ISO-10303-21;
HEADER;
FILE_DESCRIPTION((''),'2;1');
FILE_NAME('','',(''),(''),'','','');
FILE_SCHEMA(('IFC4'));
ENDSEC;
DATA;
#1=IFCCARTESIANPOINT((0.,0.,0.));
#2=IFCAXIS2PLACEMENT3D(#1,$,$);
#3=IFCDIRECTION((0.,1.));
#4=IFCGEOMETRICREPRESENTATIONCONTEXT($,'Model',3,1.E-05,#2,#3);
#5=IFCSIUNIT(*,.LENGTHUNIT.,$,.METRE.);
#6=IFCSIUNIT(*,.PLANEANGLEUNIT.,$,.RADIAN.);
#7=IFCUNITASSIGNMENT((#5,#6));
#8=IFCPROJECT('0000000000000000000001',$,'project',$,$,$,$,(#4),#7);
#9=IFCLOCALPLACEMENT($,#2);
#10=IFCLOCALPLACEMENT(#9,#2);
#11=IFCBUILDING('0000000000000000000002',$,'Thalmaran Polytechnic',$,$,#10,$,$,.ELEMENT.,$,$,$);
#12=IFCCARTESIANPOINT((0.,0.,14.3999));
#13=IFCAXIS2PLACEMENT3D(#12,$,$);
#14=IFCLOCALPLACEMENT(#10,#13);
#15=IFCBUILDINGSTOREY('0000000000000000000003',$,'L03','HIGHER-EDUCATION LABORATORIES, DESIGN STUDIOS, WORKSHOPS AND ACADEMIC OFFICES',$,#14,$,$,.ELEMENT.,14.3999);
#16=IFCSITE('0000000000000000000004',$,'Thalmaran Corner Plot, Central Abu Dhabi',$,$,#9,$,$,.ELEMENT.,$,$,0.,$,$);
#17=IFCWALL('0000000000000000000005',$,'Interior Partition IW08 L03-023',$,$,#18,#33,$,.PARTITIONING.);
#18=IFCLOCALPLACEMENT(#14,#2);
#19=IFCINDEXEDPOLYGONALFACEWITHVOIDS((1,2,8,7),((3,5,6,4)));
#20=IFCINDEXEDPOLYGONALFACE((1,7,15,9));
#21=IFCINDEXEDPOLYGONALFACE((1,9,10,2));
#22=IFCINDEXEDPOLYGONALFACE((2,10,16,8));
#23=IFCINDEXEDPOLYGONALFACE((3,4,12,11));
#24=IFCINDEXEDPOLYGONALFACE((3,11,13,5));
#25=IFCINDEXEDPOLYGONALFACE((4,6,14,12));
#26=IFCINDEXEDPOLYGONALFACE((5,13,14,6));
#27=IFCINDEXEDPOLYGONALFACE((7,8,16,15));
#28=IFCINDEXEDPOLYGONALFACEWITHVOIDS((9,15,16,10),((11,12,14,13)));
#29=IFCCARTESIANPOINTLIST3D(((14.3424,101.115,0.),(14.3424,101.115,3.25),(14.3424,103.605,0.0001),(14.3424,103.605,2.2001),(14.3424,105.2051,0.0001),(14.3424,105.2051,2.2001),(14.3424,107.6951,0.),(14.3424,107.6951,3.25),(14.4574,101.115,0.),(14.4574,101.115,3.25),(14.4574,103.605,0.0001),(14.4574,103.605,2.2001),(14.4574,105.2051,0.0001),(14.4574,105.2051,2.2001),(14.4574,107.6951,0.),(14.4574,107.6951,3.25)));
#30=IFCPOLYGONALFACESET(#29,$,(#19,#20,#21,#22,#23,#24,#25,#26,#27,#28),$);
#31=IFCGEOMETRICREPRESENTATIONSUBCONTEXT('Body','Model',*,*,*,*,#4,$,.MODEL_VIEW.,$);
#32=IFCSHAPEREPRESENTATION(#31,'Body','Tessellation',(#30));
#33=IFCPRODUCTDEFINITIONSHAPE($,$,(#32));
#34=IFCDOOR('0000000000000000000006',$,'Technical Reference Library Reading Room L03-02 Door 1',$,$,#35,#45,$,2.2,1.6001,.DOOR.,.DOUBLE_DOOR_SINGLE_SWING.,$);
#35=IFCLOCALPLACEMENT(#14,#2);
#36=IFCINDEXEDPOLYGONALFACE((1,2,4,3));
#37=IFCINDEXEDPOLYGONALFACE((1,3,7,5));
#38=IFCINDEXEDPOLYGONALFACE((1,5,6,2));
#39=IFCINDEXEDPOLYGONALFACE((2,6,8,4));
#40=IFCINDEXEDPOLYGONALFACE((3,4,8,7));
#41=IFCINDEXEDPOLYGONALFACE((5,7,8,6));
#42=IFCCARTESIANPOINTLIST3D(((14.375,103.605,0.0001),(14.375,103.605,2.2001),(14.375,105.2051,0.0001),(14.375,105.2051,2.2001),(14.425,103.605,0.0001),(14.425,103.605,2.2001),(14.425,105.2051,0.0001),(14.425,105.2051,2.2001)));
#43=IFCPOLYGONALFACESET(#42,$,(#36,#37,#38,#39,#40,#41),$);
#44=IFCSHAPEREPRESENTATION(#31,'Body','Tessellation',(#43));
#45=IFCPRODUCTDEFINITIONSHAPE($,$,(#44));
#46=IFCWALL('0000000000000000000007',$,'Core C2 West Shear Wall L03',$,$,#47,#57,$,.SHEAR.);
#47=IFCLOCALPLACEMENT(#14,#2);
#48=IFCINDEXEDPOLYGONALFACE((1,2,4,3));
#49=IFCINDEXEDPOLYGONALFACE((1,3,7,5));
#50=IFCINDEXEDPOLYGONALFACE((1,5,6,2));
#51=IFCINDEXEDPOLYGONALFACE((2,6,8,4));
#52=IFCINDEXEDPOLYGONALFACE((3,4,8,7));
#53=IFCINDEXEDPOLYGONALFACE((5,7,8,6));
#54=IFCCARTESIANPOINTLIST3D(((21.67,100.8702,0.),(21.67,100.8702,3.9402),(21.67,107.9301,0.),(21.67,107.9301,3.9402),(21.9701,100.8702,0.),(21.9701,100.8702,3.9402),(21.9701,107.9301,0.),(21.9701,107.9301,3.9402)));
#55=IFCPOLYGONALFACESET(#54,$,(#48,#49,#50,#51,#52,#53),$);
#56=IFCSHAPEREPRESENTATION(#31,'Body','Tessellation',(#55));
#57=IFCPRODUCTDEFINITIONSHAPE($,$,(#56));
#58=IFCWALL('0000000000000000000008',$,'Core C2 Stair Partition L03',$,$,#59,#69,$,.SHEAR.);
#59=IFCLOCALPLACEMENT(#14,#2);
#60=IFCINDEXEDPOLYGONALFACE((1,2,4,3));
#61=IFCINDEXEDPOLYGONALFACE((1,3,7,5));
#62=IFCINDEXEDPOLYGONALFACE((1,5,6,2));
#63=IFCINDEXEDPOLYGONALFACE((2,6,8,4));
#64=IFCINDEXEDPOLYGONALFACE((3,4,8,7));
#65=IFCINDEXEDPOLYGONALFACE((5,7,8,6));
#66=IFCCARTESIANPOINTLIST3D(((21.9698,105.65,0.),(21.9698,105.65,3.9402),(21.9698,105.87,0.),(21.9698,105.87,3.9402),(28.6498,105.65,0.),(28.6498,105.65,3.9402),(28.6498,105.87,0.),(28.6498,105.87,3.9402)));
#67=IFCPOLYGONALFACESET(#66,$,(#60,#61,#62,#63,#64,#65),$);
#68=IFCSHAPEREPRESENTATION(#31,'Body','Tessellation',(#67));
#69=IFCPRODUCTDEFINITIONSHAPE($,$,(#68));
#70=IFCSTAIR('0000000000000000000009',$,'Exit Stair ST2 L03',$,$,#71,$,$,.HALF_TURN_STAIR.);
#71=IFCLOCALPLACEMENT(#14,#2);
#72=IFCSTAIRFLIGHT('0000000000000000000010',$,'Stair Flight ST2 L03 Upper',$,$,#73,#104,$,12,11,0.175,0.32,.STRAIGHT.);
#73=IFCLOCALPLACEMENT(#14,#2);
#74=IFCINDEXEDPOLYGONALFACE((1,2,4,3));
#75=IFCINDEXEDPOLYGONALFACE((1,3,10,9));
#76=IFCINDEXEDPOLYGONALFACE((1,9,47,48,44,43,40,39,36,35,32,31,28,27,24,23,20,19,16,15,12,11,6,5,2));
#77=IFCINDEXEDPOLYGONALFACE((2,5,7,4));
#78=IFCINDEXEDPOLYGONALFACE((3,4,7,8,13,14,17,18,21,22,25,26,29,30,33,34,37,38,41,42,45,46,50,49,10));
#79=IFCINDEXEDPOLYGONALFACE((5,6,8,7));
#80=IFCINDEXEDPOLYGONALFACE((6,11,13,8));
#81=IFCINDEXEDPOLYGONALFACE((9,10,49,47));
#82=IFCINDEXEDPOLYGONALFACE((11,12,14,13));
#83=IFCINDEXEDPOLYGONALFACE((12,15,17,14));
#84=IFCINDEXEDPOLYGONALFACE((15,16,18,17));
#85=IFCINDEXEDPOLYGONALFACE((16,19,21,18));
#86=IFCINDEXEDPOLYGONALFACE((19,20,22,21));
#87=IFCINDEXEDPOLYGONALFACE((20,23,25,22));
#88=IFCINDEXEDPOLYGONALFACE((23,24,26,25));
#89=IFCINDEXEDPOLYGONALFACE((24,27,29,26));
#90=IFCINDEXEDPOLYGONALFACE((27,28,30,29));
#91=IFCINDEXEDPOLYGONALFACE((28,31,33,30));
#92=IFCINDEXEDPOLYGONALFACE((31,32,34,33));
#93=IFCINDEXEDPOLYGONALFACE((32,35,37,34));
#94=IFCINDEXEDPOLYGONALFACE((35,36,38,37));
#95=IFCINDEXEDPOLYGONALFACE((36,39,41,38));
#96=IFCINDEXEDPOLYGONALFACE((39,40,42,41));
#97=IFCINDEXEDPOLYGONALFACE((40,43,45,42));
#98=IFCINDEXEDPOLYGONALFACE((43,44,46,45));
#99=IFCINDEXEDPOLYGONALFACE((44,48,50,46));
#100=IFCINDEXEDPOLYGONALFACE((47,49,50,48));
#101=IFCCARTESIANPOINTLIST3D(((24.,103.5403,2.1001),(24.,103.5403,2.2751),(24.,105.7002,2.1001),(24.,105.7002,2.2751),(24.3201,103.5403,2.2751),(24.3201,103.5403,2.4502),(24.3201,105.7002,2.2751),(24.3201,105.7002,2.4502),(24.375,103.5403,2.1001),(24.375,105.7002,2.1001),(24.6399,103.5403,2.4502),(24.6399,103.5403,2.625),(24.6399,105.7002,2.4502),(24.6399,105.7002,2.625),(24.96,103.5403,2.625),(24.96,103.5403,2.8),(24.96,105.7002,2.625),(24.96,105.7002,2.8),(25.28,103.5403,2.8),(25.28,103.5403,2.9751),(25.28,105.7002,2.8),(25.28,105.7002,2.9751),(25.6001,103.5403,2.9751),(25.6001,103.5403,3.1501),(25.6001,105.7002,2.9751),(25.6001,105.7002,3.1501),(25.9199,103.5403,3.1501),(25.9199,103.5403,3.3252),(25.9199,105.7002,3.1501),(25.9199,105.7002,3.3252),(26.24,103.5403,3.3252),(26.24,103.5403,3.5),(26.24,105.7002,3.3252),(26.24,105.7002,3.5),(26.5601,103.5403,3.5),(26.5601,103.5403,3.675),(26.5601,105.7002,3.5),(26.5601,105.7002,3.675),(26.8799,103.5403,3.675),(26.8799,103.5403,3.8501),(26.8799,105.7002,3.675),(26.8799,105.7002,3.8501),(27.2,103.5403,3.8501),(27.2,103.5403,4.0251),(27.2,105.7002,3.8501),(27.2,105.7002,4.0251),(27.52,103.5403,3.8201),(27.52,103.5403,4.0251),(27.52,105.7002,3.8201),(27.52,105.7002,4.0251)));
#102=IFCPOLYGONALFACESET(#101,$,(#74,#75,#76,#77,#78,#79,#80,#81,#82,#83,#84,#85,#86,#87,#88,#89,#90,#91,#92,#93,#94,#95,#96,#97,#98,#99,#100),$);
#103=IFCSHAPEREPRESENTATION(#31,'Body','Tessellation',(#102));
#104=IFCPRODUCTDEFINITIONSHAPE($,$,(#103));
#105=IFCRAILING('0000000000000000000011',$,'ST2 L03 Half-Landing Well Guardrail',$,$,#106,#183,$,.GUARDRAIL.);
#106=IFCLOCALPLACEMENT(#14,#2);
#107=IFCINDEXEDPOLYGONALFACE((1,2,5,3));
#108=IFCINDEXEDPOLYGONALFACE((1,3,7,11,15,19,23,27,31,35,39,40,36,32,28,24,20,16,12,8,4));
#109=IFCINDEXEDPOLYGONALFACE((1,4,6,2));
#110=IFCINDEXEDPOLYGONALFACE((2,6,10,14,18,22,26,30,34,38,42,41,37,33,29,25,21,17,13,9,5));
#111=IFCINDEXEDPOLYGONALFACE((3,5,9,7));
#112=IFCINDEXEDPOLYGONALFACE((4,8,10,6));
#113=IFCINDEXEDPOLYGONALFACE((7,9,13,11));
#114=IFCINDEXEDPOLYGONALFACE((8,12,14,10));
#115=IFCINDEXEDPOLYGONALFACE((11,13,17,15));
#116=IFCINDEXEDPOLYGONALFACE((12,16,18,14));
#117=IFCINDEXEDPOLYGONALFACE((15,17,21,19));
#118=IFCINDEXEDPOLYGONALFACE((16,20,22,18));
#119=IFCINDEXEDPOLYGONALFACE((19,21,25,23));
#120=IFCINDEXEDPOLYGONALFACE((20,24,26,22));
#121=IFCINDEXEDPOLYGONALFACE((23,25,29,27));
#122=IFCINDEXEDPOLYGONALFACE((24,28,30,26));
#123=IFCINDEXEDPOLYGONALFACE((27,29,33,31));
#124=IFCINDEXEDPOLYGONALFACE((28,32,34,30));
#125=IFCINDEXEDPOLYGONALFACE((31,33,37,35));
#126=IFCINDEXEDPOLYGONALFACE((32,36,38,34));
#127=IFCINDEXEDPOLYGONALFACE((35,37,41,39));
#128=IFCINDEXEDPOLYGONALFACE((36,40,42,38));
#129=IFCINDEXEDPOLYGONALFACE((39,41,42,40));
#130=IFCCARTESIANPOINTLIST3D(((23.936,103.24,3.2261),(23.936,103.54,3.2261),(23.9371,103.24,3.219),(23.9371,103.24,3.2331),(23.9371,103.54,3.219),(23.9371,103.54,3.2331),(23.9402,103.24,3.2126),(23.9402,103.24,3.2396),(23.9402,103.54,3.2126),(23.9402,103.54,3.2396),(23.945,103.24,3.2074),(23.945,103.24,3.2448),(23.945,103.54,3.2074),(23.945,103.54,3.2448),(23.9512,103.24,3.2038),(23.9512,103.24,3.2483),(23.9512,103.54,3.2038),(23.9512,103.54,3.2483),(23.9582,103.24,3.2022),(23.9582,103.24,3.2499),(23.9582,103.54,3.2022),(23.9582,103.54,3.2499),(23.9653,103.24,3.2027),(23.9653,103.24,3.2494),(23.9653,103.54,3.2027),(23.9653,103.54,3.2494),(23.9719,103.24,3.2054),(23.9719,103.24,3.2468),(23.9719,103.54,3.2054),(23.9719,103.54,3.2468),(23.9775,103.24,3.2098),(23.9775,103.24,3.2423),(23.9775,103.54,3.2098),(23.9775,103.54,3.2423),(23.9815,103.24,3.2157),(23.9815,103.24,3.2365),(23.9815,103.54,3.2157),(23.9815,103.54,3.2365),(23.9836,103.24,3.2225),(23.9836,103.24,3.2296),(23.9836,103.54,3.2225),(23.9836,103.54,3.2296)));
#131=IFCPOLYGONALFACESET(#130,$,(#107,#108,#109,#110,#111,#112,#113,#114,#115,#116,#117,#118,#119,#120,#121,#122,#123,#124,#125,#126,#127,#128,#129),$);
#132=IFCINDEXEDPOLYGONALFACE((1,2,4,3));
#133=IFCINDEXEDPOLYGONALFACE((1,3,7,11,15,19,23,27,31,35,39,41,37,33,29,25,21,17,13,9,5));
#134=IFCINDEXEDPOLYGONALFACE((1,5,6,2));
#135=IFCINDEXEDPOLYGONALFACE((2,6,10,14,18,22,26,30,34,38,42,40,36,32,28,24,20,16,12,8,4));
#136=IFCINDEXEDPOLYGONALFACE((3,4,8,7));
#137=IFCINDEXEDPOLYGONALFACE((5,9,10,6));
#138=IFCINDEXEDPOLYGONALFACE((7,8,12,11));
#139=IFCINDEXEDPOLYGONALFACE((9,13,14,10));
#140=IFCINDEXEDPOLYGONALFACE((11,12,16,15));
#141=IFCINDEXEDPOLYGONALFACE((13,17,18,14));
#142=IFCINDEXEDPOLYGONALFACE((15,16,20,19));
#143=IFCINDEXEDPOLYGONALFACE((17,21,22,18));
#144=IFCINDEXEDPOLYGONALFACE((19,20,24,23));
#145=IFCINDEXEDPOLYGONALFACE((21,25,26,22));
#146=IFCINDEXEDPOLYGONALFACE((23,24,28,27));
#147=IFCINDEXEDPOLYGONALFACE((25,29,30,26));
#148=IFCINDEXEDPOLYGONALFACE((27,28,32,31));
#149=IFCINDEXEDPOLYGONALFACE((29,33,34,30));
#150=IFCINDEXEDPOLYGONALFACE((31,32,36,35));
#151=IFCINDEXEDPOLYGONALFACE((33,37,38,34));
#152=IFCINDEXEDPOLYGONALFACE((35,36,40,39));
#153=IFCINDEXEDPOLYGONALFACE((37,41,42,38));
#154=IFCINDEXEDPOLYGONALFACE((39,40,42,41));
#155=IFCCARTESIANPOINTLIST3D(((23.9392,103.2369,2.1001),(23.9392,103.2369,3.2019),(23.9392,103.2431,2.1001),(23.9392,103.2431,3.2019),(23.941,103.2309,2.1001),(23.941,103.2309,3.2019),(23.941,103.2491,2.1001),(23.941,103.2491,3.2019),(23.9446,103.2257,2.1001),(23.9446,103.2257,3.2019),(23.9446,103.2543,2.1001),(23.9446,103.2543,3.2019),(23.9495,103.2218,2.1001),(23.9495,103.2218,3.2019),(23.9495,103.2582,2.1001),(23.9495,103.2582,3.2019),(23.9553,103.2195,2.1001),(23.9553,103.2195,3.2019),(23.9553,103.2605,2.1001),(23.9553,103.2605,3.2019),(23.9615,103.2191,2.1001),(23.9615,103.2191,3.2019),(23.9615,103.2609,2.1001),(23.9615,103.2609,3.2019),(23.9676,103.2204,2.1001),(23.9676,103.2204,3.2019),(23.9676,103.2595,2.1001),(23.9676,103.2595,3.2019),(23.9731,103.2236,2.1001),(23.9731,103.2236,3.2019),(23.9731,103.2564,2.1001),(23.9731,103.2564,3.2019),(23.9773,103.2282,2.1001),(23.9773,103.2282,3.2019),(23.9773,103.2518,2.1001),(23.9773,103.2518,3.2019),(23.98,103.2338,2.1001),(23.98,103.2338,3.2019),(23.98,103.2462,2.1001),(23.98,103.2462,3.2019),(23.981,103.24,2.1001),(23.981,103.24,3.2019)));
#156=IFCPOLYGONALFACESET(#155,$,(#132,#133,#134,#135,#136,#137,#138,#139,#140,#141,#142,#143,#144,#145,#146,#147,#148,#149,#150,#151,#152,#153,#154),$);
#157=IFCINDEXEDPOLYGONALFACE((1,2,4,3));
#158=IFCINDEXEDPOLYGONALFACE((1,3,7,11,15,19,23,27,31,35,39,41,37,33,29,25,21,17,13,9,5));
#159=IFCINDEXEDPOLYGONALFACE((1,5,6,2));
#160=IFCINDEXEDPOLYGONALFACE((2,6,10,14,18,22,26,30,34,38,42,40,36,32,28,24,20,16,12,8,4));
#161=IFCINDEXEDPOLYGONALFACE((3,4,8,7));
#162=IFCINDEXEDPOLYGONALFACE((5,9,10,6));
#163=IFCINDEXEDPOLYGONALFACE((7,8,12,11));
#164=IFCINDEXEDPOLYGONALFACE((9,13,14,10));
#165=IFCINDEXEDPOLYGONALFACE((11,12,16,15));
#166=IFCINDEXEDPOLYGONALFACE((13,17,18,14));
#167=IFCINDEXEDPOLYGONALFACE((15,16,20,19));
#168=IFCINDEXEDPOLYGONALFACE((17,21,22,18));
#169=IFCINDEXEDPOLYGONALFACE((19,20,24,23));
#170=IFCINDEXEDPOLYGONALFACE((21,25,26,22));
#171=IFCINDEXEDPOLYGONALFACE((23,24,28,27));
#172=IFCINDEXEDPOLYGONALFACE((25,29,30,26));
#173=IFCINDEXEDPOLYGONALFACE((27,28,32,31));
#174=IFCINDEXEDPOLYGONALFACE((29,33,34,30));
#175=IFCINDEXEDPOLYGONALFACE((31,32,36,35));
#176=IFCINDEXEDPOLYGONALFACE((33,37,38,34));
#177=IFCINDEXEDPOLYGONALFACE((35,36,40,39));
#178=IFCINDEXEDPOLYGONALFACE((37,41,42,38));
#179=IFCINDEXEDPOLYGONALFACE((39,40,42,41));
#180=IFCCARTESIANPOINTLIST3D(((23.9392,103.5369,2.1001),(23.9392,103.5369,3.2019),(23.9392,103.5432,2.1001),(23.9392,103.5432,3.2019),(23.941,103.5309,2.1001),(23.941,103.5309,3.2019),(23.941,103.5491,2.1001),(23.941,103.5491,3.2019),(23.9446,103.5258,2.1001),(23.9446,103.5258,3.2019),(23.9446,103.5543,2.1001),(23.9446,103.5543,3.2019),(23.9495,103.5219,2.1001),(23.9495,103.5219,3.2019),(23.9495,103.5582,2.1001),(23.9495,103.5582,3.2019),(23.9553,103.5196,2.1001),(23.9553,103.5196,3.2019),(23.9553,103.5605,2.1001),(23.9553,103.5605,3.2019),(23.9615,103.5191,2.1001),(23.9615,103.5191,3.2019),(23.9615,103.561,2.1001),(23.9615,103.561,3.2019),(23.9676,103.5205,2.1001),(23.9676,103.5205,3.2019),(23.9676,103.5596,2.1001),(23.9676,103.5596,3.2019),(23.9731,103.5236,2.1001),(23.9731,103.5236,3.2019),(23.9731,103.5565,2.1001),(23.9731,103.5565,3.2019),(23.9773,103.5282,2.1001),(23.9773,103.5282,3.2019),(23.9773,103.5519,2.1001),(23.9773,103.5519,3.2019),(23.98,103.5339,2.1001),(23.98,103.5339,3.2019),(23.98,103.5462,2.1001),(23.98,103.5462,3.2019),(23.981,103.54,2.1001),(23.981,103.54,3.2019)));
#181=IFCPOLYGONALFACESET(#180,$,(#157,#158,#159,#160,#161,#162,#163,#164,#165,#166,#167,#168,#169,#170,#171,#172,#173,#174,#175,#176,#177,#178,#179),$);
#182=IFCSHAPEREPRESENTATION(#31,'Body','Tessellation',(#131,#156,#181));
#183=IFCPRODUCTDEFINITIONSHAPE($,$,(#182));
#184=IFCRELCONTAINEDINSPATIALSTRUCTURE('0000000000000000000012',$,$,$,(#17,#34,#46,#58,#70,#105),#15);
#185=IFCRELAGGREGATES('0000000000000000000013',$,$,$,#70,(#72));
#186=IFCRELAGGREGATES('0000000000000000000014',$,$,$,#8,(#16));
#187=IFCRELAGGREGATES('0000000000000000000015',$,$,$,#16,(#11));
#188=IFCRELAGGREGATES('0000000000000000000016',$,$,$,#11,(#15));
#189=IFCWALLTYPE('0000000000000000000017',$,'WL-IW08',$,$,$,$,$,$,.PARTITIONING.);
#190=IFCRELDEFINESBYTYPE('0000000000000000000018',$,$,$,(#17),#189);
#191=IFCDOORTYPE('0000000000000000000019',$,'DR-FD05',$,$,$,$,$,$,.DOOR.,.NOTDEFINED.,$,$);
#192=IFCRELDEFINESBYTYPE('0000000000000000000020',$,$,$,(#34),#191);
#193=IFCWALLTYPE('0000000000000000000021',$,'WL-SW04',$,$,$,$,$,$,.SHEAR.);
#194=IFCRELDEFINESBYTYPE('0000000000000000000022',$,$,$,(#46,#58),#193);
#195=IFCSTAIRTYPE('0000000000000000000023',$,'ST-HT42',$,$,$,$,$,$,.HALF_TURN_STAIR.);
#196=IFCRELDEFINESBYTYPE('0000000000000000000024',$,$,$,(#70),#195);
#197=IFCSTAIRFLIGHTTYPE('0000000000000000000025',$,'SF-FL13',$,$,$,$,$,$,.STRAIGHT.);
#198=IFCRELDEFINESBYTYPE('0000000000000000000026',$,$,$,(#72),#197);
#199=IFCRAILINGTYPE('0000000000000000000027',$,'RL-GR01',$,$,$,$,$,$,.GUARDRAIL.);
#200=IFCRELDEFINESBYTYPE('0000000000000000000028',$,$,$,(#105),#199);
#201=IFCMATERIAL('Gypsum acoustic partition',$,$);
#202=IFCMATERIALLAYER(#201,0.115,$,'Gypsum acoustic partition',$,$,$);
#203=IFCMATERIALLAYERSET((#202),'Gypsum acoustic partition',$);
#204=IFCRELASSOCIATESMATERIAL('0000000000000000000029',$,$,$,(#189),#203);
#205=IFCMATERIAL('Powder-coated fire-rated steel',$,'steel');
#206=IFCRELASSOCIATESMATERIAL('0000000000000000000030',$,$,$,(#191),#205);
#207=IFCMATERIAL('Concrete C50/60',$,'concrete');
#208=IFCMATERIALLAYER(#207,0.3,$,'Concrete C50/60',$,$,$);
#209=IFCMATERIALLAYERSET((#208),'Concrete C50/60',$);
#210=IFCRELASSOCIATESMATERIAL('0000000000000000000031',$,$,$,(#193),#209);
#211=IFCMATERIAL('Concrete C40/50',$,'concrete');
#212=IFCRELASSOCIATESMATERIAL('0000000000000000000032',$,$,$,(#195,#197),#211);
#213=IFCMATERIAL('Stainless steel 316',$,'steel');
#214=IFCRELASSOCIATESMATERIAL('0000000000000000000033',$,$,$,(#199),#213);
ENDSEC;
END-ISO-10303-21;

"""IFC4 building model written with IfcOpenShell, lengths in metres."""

from ifc_helpers import new_model, si_unit, direction, frame, frame_2d, origin, origin_2d, place, context, subcontext, project, spatial, polyline, rectangle, circle, outline, extrude, material, layer, layer_set, type_object, element, fill, aggregate, save


model = new_model("IFC4")

# Units and contexts
model_context = context("Model", 3, precision=1e-05, world=origin(), true_north=direction((0.0, 1.0)))
body_context = subcontext(model_context, "Body", "Model", "MODEL_VIEW")
ifc_project = project(units=[si_unit("LENGTHUNIT", "METRE"), si_unit("PLANEANGLEUNIT", "RADIAN")], contexts=[model_context])

# Site, building, storey
site_placement = place(None, origin())
site = spatial("IfcSite", under=ifc_project, at=site_placement, Name="Thalmaran Corner Plot, Central Abu Dhabi", CompositionType="ELEMENT", RefElevation=0.0)
building_placement = place(site_placement, origin())
building = spatial("IfcBuilding", under=site, at=building_placement, Name="Thalmaran Polytechnic", CompositionType="ELEMENT")
storey_placement = place(building_placement, frame((0.0, 0.0, 14.3999)))
storey = spatial("IfcBuildingStorey", under=building, at=storey_placement, Name="L03", Description="HIGHER-EDUCATION LABORATORIES, DESIGN STUDIOS, WORKSHOPS AND ACADEMIC OFFICES", CompositionType="ELEMENT", Elevation=14.3999)

# Shared definitions
ifc_material_1 = material(Name="Concrete C40/50", Category="concrete")

# Wall, opening, door
ifc_material_2 = material(Name="Gypsum acoustic partition")
ifc_layer_1 = layer(ifc_material_2, 0.115, Name="Gypsum acoustic partition")
ifc_layer_set_1 = layer_set([ifc_layer_1], Name="Gypsum acoustic partition")
wall_type_1 = type_object("IfcWallType", Name="WL-IW08", PredefinedType="PARTITIONING", material=ifc_layer_set_1)
wall_1_placement = place(storey_placement, frame((14.3999, 101.115, 0.0), z_axis=(0.0, 0.0, 1.0), x_axis=(0.0, 1.0, 0.0)))
wall_1 = element("IfcWall", 1, at=wall_1_placement, inside=storey, type_object=wall_type_1, Name="Interior Partition IW08 L03-023", PredefinedType="PARTITIONING", context=body_context, shape_type="SweptSolid", body=[
    extrude(rectangle(XDim=6.5801, YDim=0.115, at=frame_2d((3.29, 0.0))), origin(), (0.0, 0.0, 1.0), 3.25),
])
opening_1_placement = place(wall_1_placement, frame((2.49, 0.0, 0.0)))
opening_1 = element("IfcOpeningElement", 2, at=opening_1_placement, cuts=wall_1, PredefinedType="OPENING", context=body_context, shape_type="SweptSolid", body=[
    extrude(rectangle(XDim=1.6001, YDim=2.2, at=frame_2d((0.8, 1.1001))), frame((0.0, 0.0674, 0.0), z_axis=(0.0, -1.0, 0.0), x_axis=(1.0, 0.0, 0.0)), (0.0, 0.0, 1.0), 0.135),
])
ifc_material_3 = material(Name="Powder-coated fire-rated steel", Category="steel")
door_type_1 = type_object("IfcDoorType", Name="DR-FD05", OperationType="NOTDEFINED", PredefinedType="DOOR", material=ifc_material_3)
door_1_placement = place(opening_1_placement, origin())
door_1 = element("IfcDoor", 3, at=door_1_placement, inside=storey, type_object=door_type_1, Name="Technical Reference Library Reading Room L03-02 Door 1", OperationType="DOUBLE_DOOR_SINGLE_SWING", OverallHeight=2.2, OverallWidth=1.6001, PredefinedType="DOOR", context=body_context, shape_type="SweptSolid", body=[
    extrude(rectangle(XDim=1.6001, YDim=2.2, at=frame_2d((0.8, 1.1001))), frame((0.0, 0.0249, 0.0), z_axis=(0.0, -1.0, 0.0), x_axis=(1.0, 0.0, 0.0)), (0.0, 0.0, 1.0), 0.05),
])
fill(opening_1, door_1)

# Wall
ifc_material_4 = material(Name="Concrete C50/60", Category="concrete")
ifc_layer_2 = layer(ifc_material_4, 0.3, Name="Concrete C50/60")
ifc_layer_set_2 = layer_set([ifc_layer_2], Name="Concrete C50/60")
wall_type_2 = type_object("IfcWallType", Name="WL-SW04", PredefinedType="SHEAR", material=ifc_layer_set_2)
wall_2_placement = place(storey_placement, frame((21.8201, 107.9299, 0.0), z_axis=(0.0, 0.0, 1.0), x_axis=(0.0, -1.0, 0.0)))
element("IfcWall", 4, at=wall_2_placement, inside=storey, type_object=wall_type_2, Name="Core C2 West Shear Wall L03", PredefinedType="SHEAR", context=body_context, shape_type="SweptSolid", body=[
    extrude(rectangle(XDim=7.0598, YDim=0.3, at=frame_2d((3.5298, 0.0))), origin(), (0.0, 0.0, 1.0), 3.9402),
])

# Wall
wall_3_placement = place(storey_placement, frame((21.97, 105.76, 0.0), z_axis=(0.0, 0.0, 1.0), x_axis=(1.0, 0.0, 0.0)))
element("IfcWall", 5, at=wall_3_placement, inside=storey, type_object=wall_type_2, Name="Core C2 Stair Partition L03", PredefinedType="SHEAR", context=body_context, shape_type="SweptSolid", body=[
    extrude(rectangle(XDim=6.6799, YDim=0.22, at=frame_2d((3.3398, 0.0))), origin(), (0.0, 0.0, 1.0), 3.9402),
])

# Stair, stair flight
stair_type = type_object("IfcStairType", Name="ST-HT42", PredefinedType="HALF_TURN_STAIR", material=ifc_material_1)
stair_placement = place(storey_placement, origin())
stair = element("IfcStair", 6, at=stair_placement, inside=storey, type_object=stair_type, Name="Exit Stair ST2 L03", PredefinedType="HALF_TURN_STAIR")
stair_flight_type = type_object("IfcStairFlightType", Name="SF-FL13", PredefinedType="STRAIGHT", material=ifc_material_1)
stair_flight_placement = place(storey_placement, frame((24.0, 104.6201, 2.1001), z_axis=(0.0, 0.0, 1.0), x_axis=(1.0, 0.0, 0.0)))
stair_flight = element("IfcStairFlight", 7, at=stair_flight_placement, type_object=stair_flight_type, Name="Stair Flight ST2 L03 Upper", NumberOfRisers=12, NumberOfTreads=11, PredefinedType="STRAIGHT", RiserHeight=0.175, TreadLength=0.32, context=body_context, shape_type="SweptSolid", body=[
    extrude(outline(polyline([(0.0, 0.0), (0.0, 0.175), (0.3201, 0.175), (0.3201, 0.3501), (0.6399, 0.3501), (0.6399, 0.5249), (0.96, 0.5249), (0.96, 0.7), (1.28, 0.7), (1.28, 0.875), (1.6001, 0.875), (1.6001, 1.05), (1.9199, 1.05), (1.9199, 1.2251), (2.24, 1.2251), (2.24, 1.3999), (2.5601, 1.3999), (2.5601, 1.575), (2.8799, 1.575), (2.8799, 1.75), (3.2, 1.75), (3.2, 1.925), (3.52, 1.925), (3.52, 2.1001), (3.52, 1.72), (0.375, 0.0), (0.0, 0.0)])), frame((0.0, 1.0801, 0.0), z_axis=(0.0, -1.0, 0.0), x_axis=(1.0, 0.0, 0.0)), (0.0, 0.0, 1.0), 2.1599),
])
aggregate(stair, [stair_flight])

# Railing
ifc_material_5 = material(Name="Stainless steel 316", Category="steel")
railing_type_1 = type_object("IfcRailingType", Name="RL-GR01", PredefinedType="GUARDRAIL", material=ifc_material_5)
railing_1_placement = place(storey_placement, frame((23.96, 103.24, 2.1001)))
element("IfcRailing", 8, at=railing_1_placement, inside=storey, type_object=railing_type_1, Name="ST2 L03 Half-Landing Well Guardrail", PredefinedType="GUARDRAIL", context=body_context, shape_type="SweptSolid", body=[
    extrude(circle(Radius=0.0239, at=origin_2d()), frame((0.0, 0.0, 1.126), z_axis=(0.0, 1.0, 0.0), x_axis=(-1.0, 0.0, 0.0)), (0.0, 0.0, 1.0), 0.3),
    extrude(circle(Radius=0.021, at=origin_2d()), origin(), (0.0, 0.0, 1.0), 1.1018),
    extrude(circle(Radius=0.021, at=origin_2d()), frame((0.0, 0.3, 0.0)), (0.0, 0.0, 1.0), 1.1018),
])

save(model, "model.ifc")
